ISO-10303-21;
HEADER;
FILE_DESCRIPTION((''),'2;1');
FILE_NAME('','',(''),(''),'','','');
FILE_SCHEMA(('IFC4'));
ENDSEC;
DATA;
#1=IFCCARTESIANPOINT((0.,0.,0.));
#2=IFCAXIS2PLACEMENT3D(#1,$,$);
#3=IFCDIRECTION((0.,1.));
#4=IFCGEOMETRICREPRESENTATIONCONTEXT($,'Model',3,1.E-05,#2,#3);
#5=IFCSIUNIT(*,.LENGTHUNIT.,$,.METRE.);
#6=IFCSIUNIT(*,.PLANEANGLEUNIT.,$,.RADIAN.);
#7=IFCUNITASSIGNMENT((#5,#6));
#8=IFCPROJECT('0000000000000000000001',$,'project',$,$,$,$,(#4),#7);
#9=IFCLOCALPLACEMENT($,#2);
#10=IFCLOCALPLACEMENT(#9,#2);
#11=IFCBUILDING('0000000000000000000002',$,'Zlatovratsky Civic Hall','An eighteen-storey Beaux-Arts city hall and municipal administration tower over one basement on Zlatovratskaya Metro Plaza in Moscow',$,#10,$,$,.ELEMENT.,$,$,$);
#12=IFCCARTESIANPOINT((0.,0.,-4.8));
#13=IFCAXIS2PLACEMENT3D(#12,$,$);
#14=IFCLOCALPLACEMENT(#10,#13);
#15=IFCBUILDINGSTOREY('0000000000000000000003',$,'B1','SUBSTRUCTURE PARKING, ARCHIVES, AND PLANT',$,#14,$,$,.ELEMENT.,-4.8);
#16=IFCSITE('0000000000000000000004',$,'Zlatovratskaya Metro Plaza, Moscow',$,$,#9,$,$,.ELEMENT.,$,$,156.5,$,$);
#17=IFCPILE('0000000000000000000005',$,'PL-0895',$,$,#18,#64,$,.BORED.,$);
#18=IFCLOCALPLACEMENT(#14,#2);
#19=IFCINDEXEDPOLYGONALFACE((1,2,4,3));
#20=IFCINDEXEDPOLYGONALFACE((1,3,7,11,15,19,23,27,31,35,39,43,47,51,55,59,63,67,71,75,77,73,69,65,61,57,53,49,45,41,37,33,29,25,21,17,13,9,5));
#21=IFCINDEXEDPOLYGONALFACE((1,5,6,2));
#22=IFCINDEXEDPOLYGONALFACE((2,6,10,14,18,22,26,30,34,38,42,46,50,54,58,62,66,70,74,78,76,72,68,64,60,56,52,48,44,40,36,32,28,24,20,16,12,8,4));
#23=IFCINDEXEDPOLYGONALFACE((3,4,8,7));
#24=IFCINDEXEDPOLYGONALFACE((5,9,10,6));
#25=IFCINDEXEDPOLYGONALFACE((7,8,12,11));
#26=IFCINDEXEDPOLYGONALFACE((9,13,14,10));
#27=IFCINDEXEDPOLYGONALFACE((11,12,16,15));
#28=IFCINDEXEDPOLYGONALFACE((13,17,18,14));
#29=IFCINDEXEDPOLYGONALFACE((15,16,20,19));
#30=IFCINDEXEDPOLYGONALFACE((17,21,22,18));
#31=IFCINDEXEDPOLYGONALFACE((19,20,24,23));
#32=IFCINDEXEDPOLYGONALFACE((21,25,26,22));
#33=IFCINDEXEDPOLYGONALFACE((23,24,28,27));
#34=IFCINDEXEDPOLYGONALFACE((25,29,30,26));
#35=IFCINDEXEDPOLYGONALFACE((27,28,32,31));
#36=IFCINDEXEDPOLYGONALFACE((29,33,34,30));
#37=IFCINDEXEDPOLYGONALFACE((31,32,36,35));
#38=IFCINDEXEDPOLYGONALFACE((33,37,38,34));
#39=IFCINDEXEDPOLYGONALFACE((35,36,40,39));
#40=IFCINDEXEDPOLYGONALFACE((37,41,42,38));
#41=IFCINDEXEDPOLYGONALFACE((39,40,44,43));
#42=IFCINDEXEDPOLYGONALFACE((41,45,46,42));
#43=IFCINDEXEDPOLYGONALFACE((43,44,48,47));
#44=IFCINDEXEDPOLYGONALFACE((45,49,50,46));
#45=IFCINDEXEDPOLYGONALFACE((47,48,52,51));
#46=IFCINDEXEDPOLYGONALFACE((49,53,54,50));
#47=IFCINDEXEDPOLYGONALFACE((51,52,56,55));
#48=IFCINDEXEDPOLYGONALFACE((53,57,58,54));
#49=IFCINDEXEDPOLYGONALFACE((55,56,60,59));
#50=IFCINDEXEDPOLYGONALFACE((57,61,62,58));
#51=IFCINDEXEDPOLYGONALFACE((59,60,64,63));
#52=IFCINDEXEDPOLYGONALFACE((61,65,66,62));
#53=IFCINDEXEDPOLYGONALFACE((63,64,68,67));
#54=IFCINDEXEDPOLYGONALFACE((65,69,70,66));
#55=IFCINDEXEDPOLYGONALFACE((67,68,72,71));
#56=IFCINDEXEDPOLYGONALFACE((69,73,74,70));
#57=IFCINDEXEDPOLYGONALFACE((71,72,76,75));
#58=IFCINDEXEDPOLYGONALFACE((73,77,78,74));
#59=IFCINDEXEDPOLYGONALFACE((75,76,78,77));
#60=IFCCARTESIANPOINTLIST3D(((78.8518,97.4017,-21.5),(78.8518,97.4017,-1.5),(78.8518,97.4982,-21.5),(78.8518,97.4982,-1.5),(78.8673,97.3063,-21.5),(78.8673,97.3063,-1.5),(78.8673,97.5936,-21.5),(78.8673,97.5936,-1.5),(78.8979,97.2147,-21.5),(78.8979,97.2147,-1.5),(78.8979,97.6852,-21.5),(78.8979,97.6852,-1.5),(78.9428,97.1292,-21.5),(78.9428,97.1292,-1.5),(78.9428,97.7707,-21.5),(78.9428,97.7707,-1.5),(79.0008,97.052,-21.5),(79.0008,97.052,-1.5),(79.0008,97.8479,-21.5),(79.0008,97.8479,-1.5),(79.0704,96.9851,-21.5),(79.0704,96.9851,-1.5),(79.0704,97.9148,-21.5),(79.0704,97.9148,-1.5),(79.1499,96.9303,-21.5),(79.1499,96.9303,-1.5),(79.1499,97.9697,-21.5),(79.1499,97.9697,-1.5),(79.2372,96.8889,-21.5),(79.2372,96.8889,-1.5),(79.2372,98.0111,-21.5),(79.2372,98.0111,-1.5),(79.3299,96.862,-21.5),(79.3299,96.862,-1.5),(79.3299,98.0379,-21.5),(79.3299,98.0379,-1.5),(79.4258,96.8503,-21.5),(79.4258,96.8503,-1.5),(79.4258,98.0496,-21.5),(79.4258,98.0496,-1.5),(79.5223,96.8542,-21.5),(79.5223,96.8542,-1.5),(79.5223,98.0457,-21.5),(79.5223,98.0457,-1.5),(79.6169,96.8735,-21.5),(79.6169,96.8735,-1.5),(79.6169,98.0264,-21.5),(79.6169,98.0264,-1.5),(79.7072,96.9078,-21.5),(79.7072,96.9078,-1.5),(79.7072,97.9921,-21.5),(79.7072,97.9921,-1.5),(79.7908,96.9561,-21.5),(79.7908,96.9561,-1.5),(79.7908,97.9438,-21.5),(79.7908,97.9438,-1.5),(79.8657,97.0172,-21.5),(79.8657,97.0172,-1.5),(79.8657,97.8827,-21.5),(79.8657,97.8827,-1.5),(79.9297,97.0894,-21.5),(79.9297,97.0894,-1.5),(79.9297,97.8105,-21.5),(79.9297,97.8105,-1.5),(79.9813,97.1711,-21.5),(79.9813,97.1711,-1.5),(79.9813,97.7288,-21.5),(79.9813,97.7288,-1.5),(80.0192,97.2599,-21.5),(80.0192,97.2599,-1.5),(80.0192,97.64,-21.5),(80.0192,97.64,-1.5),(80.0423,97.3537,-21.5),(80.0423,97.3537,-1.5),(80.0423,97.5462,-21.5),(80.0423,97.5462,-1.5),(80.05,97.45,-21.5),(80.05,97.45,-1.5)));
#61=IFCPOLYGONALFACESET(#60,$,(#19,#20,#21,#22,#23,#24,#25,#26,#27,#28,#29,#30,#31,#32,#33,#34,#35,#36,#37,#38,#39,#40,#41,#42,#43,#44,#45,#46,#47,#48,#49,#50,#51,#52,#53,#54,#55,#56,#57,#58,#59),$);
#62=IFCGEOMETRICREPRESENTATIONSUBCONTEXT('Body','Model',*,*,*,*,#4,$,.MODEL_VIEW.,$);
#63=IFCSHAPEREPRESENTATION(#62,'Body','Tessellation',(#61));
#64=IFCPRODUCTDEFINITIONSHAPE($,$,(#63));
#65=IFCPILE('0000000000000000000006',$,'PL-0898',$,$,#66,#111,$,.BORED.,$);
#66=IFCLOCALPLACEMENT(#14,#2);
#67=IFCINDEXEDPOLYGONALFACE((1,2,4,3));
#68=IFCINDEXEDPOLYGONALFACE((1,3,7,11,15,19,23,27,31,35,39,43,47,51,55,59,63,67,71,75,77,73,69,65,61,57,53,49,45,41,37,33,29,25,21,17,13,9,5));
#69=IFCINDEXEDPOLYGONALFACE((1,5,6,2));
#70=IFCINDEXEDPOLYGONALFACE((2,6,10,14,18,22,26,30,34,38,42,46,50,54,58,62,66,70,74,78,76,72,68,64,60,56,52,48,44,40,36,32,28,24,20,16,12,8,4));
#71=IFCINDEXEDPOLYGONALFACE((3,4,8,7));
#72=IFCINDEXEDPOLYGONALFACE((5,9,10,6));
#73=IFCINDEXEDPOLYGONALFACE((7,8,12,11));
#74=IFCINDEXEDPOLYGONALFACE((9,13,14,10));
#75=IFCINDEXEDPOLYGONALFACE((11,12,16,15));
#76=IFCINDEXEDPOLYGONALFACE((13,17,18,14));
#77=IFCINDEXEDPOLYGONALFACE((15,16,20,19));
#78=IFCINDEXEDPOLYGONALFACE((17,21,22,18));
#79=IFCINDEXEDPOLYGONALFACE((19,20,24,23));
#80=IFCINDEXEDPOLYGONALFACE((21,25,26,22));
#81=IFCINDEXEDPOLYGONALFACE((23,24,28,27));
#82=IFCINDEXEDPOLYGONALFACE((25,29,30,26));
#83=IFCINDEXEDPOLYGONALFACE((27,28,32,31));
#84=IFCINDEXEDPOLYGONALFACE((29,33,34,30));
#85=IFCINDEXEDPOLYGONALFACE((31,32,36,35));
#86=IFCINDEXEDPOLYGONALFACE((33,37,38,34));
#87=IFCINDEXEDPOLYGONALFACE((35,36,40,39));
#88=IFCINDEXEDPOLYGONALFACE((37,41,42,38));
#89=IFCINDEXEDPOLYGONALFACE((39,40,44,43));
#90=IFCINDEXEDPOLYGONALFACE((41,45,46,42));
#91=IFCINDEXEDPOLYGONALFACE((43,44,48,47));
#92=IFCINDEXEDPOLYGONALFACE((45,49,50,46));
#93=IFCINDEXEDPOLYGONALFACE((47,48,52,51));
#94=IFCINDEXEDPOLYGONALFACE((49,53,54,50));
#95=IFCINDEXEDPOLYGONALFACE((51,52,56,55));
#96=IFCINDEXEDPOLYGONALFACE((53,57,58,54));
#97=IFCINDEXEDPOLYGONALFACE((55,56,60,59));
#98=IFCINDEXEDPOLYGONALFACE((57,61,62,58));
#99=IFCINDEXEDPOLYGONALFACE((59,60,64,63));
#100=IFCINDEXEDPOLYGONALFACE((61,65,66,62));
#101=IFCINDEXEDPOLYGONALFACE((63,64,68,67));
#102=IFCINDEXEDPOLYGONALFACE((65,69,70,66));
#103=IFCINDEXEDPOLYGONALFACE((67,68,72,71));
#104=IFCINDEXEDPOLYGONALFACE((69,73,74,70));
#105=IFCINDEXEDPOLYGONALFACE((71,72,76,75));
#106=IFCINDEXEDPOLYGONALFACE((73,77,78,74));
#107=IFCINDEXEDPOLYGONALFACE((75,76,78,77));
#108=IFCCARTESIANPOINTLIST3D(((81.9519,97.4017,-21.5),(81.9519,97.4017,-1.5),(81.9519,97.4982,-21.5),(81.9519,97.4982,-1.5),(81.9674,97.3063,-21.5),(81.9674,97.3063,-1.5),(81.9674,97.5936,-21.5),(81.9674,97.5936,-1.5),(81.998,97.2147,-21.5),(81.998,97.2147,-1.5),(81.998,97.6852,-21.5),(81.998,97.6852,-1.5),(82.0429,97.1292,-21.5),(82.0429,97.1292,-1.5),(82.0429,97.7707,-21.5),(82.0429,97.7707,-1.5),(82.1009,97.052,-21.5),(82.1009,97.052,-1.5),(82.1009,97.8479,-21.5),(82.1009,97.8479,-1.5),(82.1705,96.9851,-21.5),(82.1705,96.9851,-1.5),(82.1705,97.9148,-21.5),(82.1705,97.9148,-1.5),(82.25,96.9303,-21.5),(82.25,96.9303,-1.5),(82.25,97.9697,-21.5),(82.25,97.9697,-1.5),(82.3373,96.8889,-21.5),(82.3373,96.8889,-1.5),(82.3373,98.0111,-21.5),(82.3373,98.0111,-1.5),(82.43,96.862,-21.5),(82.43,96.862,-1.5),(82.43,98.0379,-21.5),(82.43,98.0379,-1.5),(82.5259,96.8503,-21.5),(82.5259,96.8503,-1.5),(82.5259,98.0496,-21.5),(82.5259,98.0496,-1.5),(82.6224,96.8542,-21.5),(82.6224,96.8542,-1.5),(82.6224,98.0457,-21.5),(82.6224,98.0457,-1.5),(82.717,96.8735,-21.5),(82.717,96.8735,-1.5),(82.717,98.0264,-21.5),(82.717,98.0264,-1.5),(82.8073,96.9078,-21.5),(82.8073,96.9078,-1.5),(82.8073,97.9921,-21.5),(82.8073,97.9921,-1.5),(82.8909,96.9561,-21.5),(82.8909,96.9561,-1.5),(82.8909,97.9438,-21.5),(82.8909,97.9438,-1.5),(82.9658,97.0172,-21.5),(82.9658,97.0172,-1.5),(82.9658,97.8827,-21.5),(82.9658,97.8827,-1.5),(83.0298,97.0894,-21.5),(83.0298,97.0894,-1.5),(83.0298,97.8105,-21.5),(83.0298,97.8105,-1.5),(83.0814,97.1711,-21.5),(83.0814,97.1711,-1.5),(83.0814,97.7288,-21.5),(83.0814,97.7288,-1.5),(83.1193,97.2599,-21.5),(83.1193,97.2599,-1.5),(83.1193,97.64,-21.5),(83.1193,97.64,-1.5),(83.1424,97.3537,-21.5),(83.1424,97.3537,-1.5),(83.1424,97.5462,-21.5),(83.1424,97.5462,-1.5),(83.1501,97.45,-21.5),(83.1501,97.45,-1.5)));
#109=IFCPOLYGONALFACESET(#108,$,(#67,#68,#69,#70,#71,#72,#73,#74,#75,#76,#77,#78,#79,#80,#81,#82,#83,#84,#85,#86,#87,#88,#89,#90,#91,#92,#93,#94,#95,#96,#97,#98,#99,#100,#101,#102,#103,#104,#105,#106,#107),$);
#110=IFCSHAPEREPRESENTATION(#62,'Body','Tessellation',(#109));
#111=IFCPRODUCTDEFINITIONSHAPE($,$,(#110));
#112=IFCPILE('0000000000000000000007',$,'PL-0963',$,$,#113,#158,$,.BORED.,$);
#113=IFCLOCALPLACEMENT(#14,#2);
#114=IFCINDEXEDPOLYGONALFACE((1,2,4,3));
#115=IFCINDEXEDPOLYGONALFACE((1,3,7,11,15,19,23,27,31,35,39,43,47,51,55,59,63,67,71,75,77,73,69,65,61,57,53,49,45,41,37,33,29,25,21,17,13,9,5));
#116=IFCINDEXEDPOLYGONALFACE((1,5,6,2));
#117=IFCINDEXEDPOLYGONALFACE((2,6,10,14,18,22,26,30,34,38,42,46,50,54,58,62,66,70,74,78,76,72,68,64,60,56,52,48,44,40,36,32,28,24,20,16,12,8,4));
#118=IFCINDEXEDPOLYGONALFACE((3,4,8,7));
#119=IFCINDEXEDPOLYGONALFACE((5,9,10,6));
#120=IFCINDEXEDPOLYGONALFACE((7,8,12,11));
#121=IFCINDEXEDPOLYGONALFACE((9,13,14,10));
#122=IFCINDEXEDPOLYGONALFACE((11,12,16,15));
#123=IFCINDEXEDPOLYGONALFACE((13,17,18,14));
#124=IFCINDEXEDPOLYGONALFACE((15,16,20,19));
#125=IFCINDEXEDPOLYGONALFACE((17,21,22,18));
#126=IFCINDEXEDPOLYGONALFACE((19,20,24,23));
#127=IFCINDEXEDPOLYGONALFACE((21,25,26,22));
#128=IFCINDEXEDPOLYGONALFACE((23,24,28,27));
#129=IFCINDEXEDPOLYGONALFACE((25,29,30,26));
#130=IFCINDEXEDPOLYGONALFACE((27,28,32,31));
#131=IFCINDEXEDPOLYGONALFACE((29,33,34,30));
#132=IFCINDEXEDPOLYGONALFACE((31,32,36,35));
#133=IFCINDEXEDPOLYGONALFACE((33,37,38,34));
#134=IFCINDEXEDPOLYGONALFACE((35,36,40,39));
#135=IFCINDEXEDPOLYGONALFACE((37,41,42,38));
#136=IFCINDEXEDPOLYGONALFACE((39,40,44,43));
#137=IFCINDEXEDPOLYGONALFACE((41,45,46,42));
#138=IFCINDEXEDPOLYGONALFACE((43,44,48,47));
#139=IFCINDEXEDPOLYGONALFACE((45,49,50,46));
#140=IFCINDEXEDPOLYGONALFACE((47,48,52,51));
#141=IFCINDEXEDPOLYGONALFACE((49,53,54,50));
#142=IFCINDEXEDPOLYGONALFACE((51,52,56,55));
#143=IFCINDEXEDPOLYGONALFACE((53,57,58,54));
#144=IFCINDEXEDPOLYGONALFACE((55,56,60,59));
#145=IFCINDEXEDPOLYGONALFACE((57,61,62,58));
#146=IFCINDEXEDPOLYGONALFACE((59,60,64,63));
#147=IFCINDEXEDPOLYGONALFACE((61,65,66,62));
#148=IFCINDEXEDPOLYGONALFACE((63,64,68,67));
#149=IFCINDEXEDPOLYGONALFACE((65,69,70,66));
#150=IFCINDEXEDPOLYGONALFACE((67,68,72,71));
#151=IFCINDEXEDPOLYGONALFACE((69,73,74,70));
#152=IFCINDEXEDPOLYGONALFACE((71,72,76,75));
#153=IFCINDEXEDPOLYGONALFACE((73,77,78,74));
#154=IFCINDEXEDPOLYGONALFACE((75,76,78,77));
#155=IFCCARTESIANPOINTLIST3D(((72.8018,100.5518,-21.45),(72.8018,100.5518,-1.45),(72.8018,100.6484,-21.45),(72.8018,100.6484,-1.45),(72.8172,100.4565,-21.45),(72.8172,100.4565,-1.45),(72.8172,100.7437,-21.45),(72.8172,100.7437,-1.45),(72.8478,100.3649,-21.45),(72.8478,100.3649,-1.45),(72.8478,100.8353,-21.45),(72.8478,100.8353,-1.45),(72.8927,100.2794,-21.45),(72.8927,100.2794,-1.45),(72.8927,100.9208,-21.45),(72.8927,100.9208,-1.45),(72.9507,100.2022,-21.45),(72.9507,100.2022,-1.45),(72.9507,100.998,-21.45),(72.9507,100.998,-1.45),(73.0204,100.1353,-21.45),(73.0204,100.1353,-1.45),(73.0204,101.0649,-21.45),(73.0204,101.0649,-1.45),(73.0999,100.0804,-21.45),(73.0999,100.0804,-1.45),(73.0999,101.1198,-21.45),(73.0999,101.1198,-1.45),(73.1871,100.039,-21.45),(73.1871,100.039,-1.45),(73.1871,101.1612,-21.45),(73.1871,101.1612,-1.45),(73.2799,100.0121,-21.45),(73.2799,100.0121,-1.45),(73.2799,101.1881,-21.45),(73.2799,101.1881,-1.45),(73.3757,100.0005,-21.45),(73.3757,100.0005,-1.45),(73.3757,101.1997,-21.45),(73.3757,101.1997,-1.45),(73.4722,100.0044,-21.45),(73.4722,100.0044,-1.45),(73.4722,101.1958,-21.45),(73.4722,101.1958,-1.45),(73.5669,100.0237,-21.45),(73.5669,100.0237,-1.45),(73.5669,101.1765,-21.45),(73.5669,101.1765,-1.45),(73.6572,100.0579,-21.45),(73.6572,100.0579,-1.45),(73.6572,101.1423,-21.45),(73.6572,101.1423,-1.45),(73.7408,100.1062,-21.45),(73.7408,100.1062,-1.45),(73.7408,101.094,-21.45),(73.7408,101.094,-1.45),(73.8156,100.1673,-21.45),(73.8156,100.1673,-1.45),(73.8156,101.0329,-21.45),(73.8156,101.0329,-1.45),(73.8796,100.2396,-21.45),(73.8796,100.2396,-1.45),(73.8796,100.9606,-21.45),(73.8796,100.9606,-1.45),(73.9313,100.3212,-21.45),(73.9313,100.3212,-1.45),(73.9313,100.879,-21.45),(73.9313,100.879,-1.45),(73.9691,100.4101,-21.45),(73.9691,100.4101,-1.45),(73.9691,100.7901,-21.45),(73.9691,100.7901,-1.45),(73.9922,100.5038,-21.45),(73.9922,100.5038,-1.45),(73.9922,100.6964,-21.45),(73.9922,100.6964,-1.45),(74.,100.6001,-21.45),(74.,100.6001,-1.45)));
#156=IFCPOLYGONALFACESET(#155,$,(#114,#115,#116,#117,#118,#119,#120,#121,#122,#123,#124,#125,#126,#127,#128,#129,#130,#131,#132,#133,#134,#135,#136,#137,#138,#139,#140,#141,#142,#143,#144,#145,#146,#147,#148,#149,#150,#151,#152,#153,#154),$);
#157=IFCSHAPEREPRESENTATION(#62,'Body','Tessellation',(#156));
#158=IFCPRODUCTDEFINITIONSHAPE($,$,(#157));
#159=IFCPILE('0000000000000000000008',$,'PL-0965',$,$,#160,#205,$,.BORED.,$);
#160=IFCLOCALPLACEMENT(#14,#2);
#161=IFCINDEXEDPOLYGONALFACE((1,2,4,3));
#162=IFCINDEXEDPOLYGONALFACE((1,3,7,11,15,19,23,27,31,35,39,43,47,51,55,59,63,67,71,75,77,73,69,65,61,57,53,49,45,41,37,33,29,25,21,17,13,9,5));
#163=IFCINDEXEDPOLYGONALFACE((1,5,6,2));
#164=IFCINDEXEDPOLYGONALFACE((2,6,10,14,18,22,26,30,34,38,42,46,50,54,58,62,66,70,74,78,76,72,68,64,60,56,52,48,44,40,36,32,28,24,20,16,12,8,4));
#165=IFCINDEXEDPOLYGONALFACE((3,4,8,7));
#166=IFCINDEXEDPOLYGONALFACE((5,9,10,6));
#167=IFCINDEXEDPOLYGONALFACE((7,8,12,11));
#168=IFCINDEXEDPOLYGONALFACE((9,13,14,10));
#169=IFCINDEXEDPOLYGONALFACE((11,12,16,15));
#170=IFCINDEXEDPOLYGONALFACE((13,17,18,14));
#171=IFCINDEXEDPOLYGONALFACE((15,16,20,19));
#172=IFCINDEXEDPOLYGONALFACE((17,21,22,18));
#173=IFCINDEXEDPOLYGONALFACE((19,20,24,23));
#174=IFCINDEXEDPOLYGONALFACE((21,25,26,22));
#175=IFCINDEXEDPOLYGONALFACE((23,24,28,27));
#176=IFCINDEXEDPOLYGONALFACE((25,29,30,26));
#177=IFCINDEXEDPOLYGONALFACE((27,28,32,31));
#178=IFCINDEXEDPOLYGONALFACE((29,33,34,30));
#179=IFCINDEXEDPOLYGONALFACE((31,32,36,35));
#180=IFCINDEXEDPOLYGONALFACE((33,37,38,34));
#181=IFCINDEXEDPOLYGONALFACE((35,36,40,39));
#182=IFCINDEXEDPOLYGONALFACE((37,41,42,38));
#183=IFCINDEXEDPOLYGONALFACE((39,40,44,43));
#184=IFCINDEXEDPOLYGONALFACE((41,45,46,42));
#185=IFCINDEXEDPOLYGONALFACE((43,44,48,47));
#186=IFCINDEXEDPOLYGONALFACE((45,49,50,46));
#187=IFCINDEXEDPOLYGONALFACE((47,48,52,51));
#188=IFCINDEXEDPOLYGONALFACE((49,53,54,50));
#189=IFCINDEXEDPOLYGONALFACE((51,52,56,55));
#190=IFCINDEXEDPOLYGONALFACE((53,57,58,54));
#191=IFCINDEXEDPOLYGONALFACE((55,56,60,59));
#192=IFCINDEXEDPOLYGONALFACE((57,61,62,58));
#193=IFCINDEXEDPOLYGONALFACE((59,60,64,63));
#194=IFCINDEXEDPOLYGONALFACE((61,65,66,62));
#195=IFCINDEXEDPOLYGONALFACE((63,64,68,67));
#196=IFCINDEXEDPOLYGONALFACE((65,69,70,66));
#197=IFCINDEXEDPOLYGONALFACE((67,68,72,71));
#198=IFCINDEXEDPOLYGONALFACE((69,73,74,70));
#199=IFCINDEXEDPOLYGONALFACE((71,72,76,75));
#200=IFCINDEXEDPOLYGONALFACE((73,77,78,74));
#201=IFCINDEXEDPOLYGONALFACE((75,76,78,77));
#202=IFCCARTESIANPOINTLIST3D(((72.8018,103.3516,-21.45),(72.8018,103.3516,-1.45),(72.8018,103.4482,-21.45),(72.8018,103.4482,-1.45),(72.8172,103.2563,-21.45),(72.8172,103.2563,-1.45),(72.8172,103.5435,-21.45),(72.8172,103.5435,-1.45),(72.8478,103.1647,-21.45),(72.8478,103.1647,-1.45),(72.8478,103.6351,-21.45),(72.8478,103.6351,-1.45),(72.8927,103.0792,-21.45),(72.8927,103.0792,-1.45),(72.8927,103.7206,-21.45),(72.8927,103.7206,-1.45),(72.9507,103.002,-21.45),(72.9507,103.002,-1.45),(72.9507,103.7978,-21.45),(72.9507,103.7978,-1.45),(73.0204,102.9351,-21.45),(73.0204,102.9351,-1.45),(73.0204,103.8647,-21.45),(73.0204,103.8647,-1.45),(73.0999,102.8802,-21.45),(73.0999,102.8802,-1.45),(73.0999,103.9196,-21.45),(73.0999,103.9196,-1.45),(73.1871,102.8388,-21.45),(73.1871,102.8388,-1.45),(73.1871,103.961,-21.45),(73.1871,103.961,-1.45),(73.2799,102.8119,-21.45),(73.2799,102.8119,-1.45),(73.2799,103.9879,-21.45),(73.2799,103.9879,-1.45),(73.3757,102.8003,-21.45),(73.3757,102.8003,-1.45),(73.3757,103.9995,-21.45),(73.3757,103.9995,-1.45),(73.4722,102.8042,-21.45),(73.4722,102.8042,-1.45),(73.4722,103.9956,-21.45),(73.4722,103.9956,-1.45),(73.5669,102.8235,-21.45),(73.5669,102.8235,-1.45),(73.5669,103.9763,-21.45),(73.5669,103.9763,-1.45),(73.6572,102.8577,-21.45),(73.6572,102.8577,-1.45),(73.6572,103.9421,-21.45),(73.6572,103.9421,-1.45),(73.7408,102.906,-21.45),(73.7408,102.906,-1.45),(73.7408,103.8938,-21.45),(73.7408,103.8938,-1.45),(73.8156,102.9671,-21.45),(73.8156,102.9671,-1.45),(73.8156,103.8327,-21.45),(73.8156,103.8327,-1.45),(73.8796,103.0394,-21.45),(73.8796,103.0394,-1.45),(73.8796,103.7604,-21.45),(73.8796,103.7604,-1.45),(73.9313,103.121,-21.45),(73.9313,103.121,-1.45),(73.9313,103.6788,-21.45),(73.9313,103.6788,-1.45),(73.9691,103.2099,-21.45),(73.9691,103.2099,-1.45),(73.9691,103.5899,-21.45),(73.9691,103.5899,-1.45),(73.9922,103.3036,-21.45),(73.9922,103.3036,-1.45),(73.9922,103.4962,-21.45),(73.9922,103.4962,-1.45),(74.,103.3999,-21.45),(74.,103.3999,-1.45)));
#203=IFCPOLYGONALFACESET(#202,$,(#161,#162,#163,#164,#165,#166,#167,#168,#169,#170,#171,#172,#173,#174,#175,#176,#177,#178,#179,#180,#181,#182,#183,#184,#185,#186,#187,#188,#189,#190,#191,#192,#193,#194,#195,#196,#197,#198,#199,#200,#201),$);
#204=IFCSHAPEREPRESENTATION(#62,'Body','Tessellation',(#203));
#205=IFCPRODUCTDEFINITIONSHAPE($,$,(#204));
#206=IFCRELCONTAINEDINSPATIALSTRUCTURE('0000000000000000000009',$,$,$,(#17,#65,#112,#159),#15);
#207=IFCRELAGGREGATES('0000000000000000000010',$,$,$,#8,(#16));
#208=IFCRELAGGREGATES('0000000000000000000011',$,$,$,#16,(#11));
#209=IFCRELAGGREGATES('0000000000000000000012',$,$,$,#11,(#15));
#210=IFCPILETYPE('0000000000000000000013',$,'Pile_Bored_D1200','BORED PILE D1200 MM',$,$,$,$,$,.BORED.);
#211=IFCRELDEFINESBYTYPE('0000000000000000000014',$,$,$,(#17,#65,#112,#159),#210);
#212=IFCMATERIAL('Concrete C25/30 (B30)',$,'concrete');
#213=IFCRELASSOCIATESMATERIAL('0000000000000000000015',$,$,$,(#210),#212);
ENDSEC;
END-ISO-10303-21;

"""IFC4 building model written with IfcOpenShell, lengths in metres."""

from ifc_helpers import new_model, si_unit, direction, frame, origin, origin_2d, place, context, subcontext, project, spatial, circle, extrude, material, material_profile, profile_set, type_object, element, save


model = new_model("IFC4")

# Units and contexts
model_context = context("Model", 3, precision=1e-05, world=origin(), true_north=direction((0.0, 1.0)))
body_context = subcontext(model_context, "Body", "Model", "MODEL_VIEW")
ifc_project = project(units=[si_unit("LENGTHUNIT", "METRE"), si_unit("PLANEANGLEUNIT", "RADIAN")], contexts=[model_context])

# Site, building, storey
site_placement = place(None, origin())
site = spatial("IfcSite", under=ifc_project, at=site_placement, Name="Zlatovratskaya Metro Plaza, Moscow", CompositionType="ELEMENT", RefElevation=156.5)
building_placement = place(site_placement, origin())
building = spatial("IfcBuilding", under=site, at=building_placement, Name="Zlatovratsky Civic Hall", Description="An eighteen-storey Beaux-Arts city hall and municipal administration tower over one basement on Zlatovratskaya Metro Plaza in Moscow", CompositionType="ELEMENT")
storey_placement = place(building_placement, frame((0.0, 0.0, -4.8)))
storey = spatial("IfcBuildingStorey", under=building, at=storey_placement, Name="B1", Description="SUBSTRUCTURE PARKING, ARCHIVES, AND PLANT", CompositionType="ELEMENT", Elevation=-4.8)

# Shared definitions
ifc_material_1 = material(Name="Concrete C25/30 (B30)", Category="concrete")

# Piles
ifc_material_profile_1 = material_profile(ifc_material_1, circle(Radius=0.6001, at=origin_2d()), Name="PILE D1200")
ifc_profile_set_1 = profile_set([ifc_material_profile_1], Name="Concrete C25/30 (B30)")
pile_type_1 = type_object("IfcPileType", Name="Pile_Bored_D1200", Description="BORED PILE D1200 MM", PredefinedType="BORED", material=ifc_profile_set_1)
for number, where, z_axis, x_axis, name in (
    (1, (79.45, 97.45, -1.5), (0.0, 0.0, -1.0), (1.0, 0.0, 0.0), "PL-0895"),
    (2, (82.55, 97.45, -1.5), (0.0, 0.0, -1.0), (1.0, 0.0, 0.0), "PL-0898"),
    (3, (73.3999, 100.6001, -1.45), (0.0, 0.0, -1.0), (1.0, 0.0, 0.0), "PL-0963"),
    (4, (73.3999, 103.3999, -1.45), (0.0, 0.0, -1.0), (1.0, 0.0, 0.0), "PL-0965"),
):
    element("IfcPile", number, at=place(storey_placement, frame(where, z_axis=z_axis, x_axis=x_axis)), inside=storey, type_object=pile_type_1, Name=name, PredefinedType="BORED", context=body_context, shape_type="SweptSolid", body=[
        extrude(circle(Radius=0.6001, at=origin_2d()), origin(), (0.0, 0.0, 1.0), 20.0),
    ])

save(model, "model.ifc")
